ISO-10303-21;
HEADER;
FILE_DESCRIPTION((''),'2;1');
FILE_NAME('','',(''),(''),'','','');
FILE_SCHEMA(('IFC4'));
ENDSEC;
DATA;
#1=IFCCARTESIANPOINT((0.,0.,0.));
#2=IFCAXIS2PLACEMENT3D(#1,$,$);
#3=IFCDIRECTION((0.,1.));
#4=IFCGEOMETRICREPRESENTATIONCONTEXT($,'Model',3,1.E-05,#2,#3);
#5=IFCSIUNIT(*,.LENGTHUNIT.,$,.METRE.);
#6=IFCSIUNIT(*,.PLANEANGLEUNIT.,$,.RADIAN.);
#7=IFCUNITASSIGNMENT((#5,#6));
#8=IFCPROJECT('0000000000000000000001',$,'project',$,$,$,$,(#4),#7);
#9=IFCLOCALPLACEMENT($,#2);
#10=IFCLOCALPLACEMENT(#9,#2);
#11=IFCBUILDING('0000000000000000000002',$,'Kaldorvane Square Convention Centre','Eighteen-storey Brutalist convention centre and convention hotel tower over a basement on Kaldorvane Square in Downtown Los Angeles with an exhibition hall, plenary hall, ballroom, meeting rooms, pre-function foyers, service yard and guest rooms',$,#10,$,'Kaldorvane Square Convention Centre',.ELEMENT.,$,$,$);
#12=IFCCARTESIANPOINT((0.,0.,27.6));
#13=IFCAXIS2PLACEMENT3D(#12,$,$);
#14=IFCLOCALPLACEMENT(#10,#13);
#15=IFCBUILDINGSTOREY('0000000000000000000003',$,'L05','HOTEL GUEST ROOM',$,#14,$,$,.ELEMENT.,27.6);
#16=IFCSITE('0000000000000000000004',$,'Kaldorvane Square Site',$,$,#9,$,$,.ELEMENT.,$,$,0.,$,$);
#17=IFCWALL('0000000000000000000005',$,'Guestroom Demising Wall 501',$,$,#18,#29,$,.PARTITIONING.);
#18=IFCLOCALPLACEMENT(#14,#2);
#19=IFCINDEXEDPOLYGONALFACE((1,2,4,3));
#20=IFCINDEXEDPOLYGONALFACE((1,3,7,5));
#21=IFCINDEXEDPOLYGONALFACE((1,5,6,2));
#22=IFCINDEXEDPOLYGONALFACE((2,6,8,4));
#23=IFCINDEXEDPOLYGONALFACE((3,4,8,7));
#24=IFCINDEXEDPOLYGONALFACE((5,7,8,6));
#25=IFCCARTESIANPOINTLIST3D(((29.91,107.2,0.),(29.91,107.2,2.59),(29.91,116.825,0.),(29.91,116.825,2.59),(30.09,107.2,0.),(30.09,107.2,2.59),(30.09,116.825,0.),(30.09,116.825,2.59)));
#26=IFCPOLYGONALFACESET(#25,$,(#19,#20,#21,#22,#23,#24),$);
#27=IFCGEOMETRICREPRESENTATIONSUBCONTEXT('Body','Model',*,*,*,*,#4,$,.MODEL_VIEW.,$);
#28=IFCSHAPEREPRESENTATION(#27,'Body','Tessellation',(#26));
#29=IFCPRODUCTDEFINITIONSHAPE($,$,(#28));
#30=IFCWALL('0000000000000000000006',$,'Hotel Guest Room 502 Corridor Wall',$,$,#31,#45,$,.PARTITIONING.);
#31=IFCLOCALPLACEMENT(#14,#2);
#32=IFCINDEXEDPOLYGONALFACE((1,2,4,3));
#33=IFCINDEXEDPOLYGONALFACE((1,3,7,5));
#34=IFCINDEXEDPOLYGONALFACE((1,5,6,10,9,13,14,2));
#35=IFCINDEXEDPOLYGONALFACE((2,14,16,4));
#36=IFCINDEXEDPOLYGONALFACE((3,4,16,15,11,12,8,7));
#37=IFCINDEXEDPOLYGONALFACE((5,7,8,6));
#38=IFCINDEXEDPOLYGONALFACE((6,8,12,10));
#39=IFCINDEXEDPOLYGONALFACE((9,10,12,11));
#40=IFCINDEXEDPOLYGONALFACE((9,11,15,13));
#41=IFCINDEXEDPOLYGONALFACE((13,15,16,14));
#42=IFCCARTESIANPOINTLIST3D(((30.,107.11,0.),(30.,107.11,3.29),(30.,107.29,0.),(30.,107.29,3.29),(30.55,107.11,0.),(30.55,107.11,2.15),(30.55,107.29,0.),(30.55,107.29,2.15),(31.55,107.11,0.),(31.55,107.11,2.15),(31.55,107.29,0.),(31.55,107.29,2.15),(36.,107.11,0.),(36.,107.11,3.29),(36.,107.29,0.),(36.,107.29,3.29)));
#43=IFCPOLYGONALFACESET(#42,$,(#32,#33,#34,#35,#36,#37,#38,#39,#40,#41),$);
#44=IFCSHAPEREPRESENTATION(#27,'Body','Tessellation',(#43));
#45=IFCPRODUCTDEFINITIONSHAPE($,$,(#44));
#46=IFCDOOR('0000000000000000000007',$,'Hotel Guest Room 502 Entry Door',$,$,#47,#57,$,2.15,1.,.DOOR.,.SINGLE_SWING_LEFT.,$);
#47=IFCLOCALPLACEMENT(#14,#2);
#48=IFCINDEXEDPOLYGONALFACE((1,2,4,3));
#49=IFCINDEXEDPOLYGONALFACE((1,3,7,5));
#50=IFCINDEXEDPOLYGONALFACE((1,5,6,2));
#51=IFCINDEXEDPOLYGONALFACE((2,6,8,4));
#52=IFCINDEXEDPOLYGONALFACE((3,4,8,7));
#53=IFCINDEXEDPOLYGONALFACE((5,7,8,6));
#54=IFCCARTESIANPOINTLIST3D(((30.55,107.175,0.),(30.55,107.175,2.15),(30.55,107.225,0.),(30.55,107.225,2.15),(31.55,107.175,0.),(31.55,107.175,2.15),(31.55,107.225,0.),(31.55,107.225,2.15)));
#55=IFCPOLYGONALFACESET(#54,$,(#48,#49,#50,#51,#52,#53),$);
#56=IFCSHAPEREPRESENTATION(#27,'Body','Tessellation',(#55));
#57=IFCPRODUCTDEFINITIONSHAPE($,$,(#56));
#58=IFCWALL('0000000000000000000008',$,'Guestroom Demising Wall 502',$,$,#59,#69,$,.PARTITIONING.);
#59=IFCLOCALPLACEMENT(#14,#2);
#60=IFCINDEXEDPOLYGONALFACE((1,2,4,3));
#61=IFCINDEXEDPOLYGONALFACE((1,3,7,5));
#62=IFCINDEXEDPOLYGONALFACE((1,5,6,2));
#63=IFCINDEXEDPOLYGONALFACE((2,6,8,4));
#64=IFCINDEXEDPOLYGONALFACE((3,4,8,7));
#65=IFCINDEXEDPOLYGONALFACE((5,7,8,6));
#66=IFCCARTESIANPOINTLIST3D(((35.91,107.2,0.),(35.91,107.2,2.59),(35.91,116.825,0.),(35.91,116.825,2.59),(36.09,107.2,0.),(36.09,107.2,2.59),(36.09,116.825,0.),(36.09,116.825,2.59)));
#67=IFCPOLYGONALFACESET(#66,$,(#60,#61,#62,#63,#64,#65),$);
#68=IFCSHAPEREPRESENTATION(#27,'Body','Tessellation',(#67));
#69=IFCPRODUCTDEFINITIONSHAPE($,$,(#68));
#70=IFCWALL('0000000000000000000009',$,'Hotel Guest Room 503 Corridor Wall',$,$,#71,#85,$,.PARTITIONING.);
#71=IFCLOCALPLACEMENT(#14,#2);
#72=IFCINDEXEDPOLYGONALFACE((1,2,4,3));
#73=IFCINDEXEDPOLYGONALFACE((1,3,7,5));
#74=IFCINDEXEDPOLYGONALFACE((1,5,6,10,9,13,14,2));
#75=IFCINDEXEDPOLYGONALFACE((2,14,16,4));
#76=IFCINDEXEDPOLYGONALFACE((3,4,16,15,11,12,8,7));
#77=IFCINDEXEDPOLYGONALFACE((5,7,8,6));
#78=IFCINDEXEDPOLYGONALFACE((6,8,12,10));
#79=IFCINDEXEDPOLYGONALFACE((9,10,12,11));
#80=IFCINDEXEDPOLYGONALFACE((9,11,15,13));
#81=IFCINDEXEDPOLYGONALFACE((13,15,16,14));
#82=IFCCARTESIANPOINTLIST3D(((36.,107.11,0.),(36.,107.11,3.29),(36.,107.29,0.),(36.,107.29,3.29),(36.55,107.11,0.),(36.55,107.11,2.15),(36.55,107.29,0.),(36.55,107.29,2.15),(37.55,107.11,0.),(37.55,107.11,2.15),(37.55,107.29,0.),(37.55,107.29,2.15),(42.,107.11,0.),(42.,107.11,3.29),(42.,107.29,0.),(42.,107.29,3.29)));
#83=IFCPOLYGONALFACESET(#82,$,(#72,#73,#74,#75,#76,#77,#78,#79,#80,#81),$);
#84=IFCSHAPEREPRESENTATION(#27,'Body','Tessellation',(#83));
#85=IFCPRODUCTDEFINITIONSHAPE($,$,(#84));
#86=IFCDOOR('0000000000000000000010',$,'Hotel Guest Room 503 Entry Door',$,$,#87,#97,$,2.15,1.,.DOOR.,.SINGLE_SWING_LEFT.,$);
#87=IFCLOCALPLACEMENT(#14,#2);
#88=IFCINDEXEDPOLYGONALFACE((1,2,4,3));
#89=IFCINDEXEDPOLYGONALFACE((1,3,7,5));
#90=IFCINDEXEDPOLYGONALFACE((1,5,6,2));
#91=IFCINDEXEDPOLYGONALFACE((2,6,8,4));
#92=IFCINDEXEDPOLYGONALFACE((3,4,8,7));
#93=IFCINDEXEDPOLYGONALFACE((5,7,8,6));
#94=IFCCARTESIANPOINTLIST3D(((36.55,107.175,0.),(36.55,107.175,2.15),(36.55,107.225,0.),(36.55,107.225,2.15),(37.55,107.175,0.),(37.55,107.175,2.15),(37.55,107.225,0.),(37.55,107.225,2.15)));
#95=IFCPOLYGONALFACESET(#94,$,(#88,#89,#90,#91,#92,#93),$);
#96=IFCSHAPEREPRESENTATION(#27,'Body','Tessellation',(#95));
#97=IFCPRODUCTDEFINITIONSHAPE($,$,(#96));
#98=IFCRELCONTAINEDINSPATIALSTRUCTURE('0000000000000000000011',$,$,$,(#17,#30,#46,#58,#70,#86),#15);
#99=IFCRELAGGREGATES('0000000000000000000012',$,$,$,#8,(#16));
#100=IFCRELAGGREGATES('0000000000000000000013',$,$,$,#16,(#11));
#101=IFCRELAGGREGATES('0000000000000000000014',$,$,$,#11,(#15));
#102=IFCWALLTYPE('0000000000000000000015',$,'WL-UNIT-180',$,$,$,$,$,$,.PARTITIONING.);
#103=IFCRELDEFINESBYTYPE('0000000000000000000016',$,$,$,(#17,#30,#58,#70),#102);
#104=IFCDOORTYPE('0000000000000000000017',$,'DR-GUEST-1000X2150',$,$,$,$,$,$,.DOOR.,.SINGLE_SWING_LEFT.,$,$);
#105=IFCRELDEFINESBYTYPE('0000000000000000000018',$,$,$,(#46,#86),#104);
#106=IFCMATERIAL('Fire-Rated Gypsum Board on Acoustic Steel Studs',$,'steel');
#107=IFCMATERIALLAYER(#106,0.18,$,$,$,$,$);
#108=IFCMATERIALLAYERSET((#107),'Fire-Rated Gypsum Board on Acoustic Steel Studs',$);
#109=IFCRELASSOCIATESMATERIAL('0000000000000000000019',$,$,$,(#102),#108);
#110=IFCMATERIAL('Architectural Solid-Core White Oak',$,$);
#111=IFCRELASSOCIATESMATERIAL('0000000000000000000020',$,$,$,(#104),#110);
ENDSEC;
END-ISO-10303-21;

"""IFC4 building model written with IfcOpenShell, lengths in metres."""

from ifc_helpers import new_model, si_unit, direction, frame, frame_2d, origin, place, context, subcontext, project, spatial, rectangle, extrude, material, layer, layer_set, type_object, element, fill, save


model = new_model("IFC4")

# Units and contexts
model_context = context("Model", 3, precision=1e-05, world=origin(), true_north=direction((0.0, 1.0)))
body_context = subcontext(model_context, "Body", "Model", "MODEL_VIEW")
ifc_project = project(units=[si_unit("LENGTHUNIT", "METRE"), si_unit("PLANEANGLEUNIT", "RADIAN")], contexts=[model_context])

# Site, building, storey
site_placement = place(None, origin())
site = spatial("IfcSite", under=ifc_project, at=site_placement, Name="Kaldorvane Square Site", CompositionType="ELEMENT", RefElevation=0.0)
building_placement = place(site_placement, origin())
building = spatial("IfcBuilding", under=site, at=building_placement, Name="Kaldorvane Square Convention Centre", Description="Eighteen-storey Brutalist convention centre and convention hotel tower over a basement on Kaldorvane Square in Downtown Los Angeles with an exhibition hall, plenary hall, ballroom, meeting rooms, pre-function foyers, service yard and guest rooms", LongName="Kaldorvane Square Convention Centre", CompositionType="ELEMENT")
storey_placement = place(building_placement, frame((0.0, 0.0, 27.6)))
storey = spatial("IfcBuildingStorey", under=building, at=storey_placement, Name="L05", Description="HOTEL GUEST ROOM", CompositionType="ELEMENT", Elevation=27.6)

# Shared definitions
ifc_material_1 = material(Name="Fire-Rated Gypsum Board on Acoustic Steel Studs", Category="steel")
ifc_material_2 = material(Name="Architectural Solid-Core White Oak")

# Shared definitions
ifc_layer_1 = layer(ifc_material_1, 0.18)
ifc_layer_set_1 = layer_set([ifc_layer_1], Name="Fire-Rated Gypsum Board on Acoustic Steel Studs")
wall_type_1 = type_object("IfcWallType", Name="WL-UNIT-180", PredefinedType="PARTITIONING", material=ifc_layer_set_1)
door_type_1 = type_object("IfcDoorType", Name="DR-GUEST-1000X2150", OperationType="SINGLE_SWING_LEFT", PredefinedType="DOOR", material=ifc_material_2)

# Wall
wall_1_placement = place(storey_placement, frame((30.0, 107.2, 0.0), z_axis=(0.0, 0.0, 1.0), x_axis=(0.0, 1.0, 0.0)))
element("IfcWall", 1, at=wall_1_placement, inside=storey, type_object=wall_type_1, Name="Guestroom Demising Wall 501", PredefinedType="PARTITIONING", context=body_context, shape_type="SweptSolid", body=[
    extrude(rectangle(XDim=9.625, YDim=0.18, at=frame_2d((4.8125, 0.0))), origin(), (0.0, 0.0, 1.0), 2.59),
])

# Wall, opening, door
wall_2_placement = place(storey_placement, frame((30.0, 107.2, 0.0), z_axis=(0.0, 0.0, 1.0), x_axis=(1.0, 0.0, 0.0)))
wall_2 = element("IfcWall", 2, at=wall_2_placement, inside=storey, type_object=wall_type_1, Name="Hotel Guest Room 502 Corridor Wall", PredefinedType="PARTITIONING", context=body_context, shape_type="SweptSolid", body=[
    extrude(rectangle(XDim=6.0, YDim=0.18, at=frame_2d((3.0, 0.0))), origin(), (0.0, 0.0, 1.0), 3.29),
])
opening_1_placement = place(wall_2_placement, frame((0.55, 0.0, 0.0)))
opening_1 = element("IfcOpeningElement", 3, at=opening_1_placement, cuts=wall_2, PredefinedType="OPENING", context=body_context, shape_type="SweptSolid", body=[
    extrude(rectangle(XDim=1.0, YDim=2.15, at=frame_2d((0.5, 1.075))), frame((0.0, 0.105, 0.0), z_axis=(0.0, -1.0, 0.0), x_axis=(1.0, 0.0, 0.0)), (0.0, 0.0, 1.0), 0.21),
])
door_1_placement = place(opening_1_placement, origin())
door_1 = element("IfcDoor", 4, at=door_1_placement, inside=storey, type_object=door_type_1, Name="Hotel Guest Room 502 Entry Door", OperationType="SINGLE_SWING_LEFT", OverallHeight=2.15, OverallWidth=1.0, PredefinedType="DOOR", context=body_context, shape_type="SweptSolid", body=[
    extrude(rectangle(XDim=1.0, YDim=2.15, at=frame_2d((0.5, 1.075))), frame((0.0, 0.025, 0.0), z_axis=(0.0, -1.0, 0.0), x_axis=(1.0, 0.0, 0.0)), (0.0, 0.0, 1.0), 0.05),
])
fill(opening_1, door_1)

# Wall
wall_3_placement = place(storey_placement, frame((36.0, 107.2, 0.0), z_axis=(0.0, 0.0, 1.0), x_axis=(0.0, 1.0, 0.0)))
element("IfcWall", 5, at=wall_3_placement, inside=storey, type_object=wall_type_1, Name="Guestroom Demising Wall 502", PredefinedType="PARTITIONING", context=body_context, shape_type="SweptSolid", body=[
    extrude(rectangle(XDim=9.625, YDim=0.18, at=frame_2d((4.8125, 0.0))), origin(), (0.0, 0.0, 1.0), 2.59),
])

# Wall, opening, door
wall_4_placement = place(storey_placement, frame((36.0, 107.2, 0.0), z_axis=(0.0, 0.0, 1.0), x_axis=(1.0, 0.0, 0.0)))
wall_4 = element("IfcWall", 6, at=wall_4_placement, inside=storey, type_object=wall_type_1, Name="Hotel Guest Room 503 Corridor Wall", PredefinedType="PARTITIONING", context=body_context, shape_type="SweptSolid", body=[
    extrude(rectangle(XDim=6.0, YDim=0.18, at=frame_2d((3.0, 0.0))), origin(), (0.0, 0.0, 1.0), 3.29),
])
opening_2_placement = place(wall_4_placement, frame((0.55, 0.0, 0.0)))
opening_2 = element("IfcOpeningElement", 7, at=opening_2_placement, cuts=wall_4, PredefinedType="OPENING", context=body_context, shape_type="SweptSolid", body=[
    extrude(rectangle(XDim=1.0, YDim=2.15, at=frame_2d((0.5, 1.075))), frame((0.0, 0.105, 0.0), z_axis=(0.0, -1.0, 0.0), x_axis=(1.0, 0.0, 0.0)), (0.0, 0.0, 1.0), 0.21),
])
door_2_placement = place(opening_2_placement, origin())
door_2 = element("IfcDoor", 8, at=door_2_placement, inside=storey, type_object=door_type_1, Name="Hotel Guest Room 503 Entry Door", OperationType="SINGLE_SWING_LEFT", OverallHeight=2.15, OverallWidth=1.0, PredefinedType="DOOR", context=body_context, shape_type="SweptSolid", body=[
    extrude(rectangle(XDim=1.0, YDim=2.15, at=frame_2d((0.5, 1.075))), frame((0.0, 0.025, 0.0), z_axis=(0.0, -1.0, 0.0), x_axis=(1.0, 0.0, 0.0)), (0.0, 0.0, 1.0), 0.05),
])
fill(opening_2, door_2)

save(model, "model.ifc")
